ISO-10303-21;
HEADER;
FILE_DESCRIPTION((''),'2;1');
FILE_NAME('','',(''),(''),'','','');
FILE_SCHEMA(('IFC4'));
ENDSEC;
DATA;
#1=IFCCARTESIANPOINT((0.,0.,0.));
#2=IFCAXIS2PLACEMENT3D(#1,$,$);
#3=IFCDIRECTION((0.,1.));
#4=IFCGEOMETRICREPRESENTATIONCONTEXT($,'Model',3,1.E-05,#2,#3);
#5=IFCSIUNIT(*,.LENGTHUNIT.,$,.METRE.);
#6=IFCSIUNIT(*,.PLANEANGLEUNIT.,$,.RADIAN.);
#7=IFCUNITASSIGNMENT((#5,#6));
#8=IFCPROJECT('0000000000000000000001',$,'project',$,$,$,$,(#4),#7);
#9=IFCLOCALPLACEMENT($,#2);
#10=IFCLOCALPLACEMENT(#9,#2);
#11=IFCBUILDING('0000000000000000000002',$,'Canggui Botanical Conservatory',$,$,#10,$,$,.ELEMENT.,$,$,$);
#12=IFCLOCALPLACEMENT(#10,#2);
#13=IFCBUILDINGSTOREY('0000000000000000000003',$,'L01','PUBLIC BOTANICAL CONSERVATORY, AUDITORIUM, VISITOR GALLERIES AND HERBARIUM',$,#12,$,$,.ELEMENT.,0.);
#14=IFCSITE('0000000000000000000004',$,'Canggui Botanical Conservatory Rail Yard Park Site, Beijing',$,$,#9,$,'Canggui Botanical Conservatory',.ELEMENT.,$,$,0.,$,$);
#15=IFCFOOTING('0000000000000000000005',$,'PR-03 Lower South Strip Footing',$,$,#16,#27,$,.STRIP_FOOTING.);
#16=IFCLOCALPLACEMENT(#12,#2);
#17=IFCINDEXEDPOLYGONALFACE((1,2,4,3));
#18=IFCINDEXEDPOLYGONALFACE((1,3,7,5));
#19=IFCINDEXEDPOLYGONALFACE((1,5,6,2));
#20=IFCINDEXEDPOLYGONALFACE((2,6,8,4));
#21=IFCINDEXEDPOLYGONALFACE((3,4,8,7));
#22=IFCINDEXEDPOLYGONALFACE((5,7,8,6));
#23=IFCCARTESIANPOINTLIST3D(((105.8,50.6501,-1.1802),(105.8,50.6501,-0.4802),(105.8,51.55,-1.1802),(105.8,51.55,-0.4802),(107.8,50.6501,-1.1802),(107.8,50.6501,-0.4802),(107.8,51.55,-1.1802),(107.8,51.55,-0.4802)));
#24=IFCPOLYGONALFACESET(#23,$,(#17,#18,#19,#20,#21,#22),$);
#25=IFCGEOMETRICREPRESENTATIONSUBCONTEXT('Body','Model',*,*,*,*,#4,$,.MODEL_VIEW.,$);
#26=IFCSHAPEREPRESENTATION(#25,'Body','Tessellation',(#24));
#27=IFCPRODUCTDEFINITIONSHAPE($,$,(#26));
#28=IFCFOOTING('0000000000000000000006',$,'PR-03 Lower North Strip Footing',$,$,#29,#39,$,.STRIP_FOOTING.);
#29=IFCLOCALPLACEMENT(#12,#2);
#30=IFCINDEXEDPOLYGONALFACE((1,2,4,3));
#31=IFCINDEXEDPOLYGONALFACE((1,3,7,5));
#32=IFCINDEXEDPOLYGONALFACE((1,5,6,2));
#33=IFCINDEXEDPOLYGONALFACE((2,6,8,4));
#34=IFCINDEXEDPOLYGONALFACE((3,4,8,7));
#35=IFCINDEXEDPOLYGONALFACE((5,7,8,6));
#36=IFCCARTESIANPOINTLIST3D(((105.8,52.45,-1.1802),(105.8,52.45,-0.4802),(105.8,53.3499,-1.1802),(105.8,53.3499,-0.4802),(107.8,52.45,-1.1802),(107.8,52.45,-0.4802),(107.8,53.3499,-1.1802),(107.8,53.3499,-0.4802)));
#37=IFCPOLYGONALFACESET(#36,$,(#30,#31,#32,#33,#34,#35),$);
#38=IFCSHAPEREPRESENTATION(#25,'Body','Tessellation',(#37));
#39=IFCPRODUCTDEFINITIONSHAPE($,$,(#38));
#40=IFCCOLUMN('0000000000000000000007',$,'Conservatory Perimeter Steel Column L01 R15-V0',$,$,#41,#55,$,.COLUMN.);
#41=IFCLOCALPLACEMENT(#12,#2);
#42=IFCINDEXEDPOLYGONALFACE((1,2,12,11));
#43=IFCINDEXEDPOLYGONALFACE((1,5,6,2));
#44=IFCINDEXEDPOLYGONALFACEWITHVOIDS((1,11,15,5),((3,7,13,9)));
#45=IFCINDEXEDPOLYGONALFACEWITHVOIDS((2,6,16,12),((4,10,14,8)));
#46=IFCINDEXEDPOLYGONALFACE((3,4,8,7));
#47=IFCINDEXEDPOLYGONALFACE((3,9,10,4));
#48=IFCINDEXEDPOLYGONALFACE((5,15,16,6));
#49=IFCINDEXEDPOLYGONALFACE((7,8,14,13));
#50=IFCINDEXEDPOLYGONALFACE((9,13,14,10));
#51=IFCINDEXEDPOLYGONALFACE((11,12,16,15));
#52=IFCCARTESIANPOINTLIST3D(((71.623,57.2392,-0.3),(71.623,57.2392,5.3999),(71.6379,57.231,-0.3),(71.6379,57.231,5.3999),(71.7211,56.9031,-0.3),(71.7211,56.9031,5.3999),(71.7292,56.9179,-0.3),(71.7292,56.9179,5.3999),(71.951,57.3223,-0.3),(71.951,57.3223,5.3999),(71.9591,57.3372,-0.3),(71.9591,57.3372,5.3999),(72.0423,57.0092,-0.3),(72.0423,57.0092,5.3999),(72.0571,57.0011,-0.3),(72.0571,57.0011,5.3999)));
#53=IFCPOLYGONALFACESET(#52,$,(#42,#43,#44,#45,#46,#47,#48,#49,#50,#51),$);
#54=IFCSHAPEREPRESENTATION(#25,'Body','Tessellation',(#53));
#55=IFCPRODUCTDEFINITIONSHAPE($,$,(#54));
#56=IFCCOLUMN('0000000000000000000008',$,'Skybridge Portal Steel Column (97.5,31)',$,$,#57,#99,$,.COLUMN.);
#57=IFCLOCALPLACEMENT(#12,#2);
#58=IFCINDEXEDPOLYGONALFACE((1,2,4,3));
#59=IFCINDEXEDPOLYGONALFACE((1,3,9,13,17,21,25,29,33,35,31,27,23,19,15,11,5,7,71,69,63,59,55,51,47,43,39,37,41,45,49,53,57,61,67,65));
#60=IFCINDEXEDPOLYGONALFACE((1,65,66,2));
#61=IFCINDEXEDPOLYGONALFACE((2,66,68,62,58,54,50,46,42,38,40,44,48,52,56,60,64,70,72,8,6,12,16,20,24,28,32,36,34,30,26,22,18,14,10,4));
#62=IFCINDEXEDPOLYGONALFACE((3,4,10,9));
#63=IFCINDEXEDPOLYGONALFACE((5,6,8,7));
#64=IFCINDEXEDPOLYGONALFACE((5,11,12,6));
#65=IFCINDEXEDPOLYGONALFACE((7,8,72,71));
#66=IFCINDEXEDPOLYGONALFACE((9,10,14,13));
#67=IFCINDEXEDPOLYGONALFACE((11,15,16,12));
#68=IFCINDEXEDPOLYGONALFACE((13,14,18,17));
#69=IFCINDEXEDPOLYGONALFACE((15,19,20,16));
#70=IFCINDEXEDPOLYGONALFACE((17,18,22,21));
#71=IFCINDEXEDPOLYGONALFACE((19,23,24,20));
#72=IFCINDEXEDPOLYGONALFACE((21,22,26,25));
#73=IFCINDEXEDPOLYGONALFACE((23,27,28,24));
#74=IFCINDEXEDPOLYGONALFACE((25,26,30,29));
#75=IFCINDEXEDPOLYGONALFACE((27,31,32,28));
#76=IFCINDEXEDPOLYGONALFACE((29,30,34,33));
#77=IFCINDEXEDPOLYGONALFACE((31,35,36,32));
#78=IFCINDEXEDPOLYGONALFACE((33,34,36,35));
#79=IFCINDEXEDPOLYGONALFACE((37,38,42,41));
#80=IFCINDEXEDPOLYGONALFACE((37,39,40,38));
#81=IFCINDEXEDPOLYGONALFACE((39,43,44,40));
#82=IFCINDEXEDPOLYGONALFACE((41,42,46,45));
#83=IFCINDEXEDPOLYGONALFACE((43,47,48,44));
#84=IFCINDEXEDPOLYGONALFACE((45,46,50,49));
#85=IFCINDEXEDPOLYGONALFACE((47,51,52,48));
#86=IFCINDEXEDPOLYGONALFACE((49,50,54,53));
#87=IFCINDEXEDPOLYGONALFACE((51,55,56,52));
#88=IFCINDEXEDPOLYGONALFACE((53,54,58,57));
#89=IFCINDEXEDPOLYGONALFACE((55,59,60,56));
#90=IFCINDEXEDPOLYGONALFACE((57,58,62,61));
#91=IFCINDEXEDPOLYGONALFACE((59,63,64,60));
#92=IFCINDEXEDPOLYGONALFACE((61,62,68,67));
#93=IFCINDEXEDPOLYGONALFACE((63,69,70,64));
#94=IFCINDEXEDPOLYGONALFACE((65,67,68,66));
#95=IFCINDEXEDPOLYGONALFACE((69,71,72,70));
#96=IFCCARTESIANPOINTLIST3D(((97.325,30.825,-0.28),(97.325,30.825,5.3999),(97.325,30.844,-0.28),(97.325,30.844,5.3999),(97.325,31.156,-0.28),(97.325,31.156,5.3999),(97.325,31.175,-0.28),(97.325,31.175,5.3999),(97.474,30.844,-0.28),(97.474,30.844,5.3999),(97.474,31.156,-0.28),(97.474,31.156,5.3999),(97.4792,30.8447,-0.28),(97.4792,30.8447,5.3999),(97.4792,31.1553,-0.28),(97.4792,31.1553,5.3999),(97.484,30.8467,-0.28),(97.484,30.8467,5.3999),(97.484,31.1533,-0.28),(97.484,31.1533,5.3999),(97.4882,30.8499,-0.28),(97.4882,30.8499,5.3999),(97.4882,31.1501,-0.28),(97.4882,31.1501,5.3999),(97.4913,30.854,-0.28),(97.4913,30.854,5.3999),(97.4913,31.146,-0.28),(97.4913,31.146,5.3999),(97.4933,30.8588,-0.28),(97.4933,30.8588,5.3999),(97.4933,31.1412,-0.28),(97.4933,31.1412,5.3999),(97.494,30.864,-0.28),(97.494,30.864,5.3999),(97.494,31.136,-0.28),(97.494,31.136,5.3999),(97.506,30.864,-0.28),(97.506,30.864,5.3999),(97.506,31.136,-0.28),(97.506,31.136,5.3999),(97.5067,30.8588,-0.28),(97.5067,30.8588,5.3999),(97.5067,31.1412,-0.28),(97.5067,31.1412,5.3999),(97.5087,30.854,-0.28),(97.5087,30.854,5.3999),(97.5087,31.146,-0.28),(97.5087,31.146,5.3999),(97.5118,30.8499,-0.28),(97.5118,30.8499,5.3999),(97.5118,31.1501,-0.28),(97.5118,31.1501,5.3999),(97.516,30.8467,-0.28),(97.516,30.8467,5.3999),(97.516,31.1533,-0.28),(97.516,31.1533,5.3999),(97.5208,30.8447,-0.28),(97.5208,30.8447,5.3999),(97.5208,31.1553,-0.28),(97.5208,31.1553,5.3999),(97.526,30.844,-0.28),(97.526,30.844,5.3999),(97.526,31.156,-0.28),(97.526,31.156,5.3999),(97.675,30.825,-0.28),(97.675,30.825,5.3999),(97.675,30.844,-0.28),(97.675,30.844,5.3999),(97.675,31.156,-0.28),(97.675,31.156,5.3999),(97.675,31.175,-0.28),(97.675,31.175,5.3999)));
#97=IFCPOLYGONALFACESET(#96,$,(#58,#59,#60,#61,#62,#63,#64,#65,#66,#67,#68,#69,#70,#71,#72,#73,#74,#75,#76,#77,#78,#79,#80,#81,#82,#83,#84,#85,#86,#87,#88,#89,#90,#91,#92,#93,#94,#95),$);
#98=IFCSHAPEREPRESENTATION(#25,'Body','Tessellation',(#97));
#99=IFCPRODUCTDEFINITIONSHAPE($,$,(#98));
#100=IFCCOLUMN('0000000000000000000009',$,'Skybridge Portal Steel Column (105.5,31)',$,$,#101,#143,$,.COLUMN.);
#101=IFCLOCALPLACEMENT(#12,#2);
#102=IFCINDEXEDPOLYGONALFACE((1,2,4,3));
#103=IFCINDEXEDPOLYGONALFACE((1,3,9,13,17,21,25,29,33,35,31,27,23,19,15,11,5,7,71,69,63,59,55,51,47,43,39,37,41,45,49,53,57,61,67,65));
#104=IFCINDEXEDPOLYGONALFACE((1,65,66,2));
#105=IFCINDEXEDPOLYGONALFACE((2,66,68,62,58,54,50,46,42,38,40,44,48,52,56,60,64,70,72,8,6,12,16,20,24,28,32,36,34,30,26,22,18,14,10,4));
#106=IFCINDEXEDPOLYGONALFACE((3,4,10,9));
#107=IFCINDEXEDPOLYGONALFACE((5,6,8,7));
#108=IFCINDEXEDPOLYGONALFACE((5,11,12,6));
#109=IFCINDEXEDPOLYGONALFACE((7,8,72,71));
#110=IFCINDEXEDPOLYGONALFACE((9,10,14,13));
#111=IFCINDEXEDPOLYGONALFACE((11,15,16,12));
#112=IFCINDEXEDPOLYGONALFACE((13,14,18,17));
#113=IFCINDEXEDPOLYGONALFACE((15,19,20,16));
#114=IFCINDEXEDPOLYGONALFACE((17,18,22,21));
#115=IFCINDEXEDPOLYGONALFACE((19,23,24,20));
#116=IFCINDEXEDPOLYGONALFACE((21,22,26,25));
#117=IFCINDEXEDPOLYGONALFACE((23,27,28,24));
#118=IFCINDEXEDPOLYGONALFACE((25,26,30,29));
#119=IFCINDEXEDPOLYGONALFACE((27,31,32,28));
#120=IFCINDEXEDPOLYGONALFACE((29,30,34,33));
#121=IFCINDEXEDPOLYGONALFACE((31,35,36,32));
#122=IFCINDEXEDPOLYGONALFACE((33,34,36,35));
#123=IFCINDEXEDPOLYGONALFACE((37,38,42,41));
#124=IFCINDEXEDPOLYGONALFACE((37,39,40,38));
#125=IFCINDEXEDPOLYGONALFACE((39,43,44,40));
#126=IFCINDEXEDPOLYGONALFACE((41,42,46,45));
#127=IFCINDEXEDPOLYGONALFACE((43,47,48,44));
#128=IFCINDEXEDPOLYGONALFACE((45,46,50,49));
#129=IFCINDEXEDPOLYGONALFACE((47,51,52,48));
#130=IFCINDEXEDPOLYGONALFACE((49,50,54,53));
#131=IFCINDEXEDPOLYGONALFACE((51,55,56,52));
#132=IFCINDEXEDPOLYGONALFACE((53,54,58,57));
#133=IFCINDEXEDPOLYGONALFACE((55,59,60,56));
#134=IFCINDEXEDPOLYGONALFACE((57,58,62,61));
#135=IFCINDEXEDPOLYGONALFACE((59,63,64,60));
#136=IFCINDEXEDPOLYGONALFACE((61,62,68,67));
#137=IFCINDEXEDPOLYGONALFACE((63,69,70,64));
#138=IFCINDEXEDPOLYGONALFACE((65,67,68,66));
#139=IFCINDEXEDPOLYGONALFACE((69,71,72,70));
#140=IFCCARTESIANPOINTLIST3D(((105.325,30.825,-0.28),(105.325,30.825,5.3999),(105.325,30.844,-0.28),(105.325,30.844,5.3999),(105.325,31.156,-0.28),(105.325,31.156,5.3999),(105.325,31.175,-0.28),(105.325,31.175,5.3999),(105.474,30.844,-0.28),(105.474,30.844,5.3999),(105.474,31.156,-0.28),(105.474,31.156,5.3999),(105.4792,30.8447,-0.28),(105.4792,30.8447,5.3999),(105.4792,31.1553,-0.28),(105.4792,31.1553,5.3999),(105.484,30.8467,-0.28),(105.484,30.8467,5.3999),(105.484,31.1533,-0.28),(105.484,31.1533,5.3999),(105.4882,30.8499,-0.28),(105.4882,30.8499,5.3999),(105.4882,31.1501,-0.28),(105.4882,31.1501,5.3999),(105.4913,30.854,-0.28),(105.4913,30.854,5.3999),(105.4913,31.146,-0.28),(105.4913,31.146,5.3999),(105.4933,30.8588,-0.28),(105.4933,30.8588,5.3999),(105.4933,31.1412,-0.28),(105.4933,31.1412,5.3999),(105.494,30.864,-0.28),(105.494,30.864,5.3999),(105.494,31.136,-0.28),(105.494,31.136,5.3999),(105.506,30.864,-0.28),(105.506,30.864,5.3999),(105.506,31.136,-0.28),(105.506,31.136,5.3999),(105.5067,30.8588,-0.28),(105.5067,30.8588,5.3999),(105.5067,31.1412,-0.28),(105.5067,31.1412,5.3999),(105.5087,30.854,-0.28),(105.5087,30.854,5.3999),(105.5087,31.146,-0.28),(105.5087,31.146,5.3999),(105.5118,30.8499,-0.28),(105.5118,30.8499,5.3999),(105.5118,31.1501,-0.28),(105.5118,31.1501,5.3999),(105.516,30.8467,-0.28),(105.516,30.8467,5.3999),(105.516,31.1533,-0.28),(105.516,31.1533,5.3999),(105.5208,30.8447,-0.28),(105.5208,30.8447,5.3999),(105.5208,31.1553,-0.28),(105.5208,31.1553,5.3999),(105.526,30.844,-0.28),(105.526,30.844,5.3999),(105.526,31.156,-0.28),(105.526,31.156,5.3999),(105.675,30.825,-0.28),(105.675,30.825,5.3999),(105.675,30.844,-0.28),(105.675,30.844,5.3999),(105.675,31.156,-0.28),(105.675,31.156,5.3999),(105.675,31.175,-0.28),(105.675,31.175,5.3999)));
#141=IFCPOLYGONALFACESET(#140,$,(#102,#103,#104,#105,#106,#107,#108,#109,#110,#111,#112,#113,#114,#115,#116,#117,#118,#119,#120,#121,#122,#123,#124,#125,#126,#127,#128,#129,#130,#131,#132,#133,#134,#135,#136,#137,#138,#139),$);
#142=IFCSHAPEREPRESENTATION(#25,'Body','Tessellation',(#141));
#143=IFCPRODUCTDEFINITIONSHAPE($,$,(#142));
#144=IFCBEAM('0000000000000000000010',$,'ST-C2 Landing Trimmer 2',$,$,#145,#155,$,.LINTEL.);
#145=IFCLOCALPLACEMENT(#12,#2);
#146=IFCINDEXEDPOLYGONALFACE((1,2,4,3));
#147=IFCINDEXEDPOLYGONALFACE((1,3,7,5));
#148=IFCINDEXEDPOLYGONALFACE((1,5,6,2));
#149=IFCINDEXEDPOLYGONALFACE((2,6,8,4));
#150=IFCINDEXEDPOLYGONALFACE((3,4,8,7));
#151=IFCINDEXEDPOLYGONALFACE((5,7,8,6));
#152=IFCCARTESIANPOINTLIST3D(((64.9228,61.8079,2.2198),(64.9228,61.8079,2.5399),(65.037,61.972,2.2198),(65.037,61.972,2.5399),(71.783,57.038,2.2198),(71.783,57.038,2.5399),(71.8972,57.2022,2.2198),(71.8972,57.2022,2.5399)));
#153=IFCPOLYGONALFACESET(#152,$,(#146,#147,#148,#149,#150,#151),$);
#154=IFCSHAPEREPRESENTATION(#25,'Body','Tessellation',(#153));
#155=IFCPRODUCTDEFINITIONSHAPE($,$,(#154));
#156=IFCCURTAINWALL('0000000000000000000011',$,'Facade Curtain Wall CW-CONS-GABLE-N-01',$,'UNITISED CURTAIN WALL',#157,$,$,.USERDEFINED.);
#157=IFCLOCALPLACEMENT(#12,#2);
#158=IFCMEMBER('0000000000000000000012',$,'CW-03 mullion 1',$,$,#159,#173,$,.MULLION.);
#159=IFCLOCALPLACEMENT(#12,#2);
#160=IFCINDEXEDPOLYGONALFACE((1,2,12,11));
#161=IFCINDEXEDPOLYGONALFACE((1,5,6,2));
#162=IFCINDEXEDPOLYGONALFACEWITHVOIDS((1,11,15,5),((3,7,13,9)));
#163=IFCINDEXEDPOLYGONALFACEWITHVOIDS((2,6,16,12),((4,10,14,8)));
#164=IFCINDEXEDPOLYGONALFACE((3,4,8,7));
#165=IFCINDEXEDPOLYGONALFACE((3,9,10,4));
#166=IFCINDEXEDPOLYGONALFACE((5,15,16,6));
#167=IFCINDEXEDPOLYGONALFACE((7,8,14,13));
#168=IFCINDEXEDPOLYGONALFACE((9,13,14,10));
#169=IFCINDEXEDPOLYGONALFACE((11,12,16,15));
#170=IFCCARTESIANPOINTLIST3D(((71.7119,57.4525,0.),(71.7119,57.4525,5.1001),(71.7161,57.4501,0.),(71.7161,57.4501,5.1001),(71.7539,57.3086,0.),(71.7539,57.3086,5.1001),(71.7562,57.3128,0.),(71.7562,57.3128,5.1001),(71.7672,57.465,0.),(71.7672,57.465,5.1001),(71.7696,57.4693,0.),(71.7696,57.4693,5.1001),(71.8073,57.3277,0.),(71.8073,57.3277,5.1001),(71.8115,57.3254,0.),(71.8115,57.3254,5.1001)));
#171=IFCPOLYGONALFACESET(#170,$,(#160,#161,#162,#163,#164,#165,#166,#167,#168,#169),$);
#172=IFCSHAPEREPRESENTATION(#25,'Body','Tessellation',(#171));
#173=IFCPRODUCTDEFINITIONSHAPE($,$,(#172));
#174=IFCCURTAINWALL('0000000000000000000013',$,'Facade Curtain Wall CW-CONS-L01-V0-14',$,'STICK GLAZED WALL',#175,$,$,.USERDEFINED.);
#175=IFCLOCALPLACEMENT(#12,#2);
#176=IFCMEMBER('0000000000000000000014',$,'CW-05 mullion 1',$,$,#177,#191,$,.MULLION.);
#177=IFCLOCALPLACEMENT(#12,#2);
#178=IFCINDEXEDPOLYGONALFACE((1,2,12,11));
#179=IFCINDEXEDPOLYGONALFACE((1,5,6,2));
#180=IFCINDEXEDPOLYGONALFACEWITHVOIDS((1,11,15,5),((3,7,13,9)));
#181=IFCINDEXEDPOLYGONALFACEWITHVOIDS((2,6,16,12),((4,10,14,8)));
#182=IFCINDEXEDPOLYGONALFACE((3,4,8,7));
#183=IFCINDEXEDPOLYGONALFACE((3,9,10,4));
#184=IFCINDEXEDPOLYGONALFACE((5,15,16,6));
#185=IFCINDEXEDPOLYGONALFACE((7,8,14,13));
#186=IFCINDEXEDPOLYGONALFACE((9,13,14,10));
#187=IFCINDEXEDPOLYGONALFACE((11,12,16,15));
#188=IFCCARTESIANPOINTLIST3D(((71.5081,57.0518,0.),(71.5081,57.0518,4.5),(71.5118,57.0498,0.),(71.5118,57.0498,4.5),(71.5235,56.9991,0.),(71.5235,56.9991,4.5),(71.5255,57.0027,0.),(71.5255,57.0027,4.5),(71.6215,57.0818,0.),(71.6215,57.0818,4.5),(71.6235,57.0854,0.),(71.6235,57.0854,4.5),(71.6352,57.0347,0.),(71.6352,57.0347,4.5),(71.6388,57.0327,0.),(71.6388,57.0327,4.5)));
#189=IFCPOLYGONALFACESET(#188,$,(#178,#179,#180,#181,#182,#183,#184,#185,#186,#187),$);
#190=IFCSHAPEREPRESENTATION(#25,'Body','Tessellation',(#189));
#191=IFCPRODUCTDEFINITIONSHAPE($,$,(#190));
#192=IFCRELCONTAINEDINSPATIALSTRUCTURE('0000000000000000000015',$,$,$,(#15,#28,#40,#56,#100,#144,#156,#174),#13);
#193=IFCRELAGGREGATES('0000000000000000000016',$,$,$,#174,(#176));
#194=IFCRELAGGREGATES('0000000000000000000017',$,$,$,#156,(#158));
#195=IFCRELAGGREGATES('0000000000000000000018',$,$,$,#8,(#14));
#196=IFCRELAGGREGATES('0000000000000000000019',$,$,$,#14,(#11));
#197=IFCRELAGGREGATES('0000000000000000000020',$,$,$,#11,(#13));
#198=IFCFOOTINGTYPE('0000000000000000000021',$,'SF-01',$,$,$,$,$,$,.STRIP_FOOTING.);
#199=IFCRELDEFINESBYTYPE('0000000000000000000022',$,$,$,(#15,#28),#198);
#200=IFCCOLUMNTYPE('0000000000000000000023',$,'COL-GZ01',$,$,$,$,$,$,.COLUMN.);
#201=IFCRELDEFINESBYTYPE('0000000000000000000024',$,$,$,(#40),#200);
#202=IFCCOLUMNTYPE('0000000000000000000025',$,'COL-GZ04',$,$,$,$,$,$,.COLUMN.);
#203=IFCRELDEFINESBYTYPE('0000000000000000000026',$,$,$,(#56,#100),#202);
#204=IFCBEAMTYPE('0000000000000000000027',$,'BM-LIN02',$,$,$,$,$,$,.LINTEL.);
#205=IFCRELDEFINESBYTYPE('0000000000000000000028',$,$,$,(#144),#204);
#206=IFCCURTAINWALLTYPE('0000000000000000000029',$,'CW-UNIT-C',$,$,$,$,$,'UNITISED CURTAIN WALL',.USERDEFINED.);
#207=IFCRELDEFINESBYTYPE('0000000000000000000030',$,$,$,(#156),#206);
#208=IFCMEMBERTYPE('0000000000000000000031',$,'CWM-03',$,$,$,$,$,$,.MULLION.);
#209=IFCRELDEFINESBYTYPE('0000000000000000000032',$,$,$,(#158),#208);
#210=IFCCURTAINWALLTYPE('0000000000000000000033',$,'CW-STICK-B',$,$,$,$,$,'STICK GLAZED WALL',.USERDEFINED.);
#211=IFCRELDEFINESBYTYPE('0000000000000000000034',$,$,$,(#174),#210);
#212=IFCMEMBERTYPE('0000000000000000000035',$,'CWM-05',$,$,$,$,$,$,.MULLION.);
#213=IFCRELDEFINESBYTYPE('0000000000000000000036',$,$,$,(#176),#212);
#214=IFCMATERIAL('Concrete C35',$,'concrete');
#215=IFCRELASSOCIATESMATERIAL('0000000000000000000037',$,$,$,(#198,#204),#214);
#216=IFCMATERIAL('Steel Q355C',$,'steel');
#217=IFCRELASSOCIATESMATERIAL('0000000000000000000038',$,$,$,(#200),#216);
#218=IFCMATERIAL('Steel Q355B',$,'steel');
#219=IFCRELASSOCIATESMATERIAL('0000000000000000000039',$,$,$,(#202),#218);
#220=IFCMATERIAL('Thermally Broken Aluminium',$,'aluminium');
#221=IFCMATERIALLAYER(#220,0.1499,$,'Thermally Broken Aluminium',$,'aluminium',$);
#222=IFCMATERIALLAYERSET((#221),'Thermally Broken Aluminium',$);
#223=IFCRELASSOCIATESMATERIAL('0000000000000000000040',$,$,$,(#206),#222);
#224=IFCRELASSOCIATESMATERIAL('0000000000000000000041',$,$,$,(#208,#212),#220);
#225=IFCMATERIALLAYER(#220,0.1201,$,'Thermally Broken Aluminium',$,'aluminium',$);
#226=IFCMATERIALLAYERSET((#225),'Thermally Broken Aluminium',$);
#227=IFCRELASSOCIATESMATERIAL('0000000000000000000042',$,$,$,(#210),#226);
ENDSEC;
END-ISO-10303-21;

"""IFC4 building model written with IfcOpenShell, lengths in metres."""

from ifc_helpers import new_model, si_unit, direction, frame, origin, origin_2d, place, context, subcontext, project, spatial, rectangle, hollow_rectangle, i_section, extrude, material, layer, layer_set, material_profile, profile_set, type_object, element, aggregate, save


model = new_model("IFC4")

# Units and contexts
model_context = context("Model", 3, precision=1e-05, world=origin(), true_north=direction((0.0, 1.0)))
body_context = subcontext(model_context, "Body", "Model", "MODEL_VIEW")
ifc_project = project(units=[si_unit("LENGTHUNIT", "METRE"), si_unit("PLANEANGLEUNIT", "RADIAN")], contexts=[model_context])

# Site, building, storey
site_placement = place(None, origin())
site = spatial("IfcSite", under=ifc_project, at=site_placement, Name="Canggui Botanical Conservatory Rail Yard Park Site, Beijing", LongName="Canggui Botanical Conservatory", CompositionType="ELEMENT", RefElevation=0.0)
building_placement = place(site_placement, origin())
building = spatial("IfcBuilding", under=site, at=building_placement, Name="Canggui Botanical Conservatory", CompositionType="ELEMENT")
storey_placement = place(building_placement, origin())
storey = spatial("IfcBuildingStorey", under=building, at=storey_placement, Name="L01", Description="PUBLIC BOTANICAL CONSERVATORY, AUDITORIUM, VISITOR GALLERIES AND HERBARIUM", CompositionType="ELEMENT", Elevation=0.0)

# Shared definitions
ifc_material_1 = material(Name="Concrete C35", Category="concrete")

# Footings
footing_type_1 = type_object("IfcFootingType", Name="SF-01", PredefinedType="STRIP_FOOTING", material=ifc_material_1)
for number, where, z_axis, x_axis, name in (
    (1, (106.8, 51.1001, -1.1802), (0.0, 0.0, 1.0), (1.0, 0.0, 0.0), "PR-03 Lower South Strip Footing"),
    (2, (106.8, 52.8999, -1.1802), (0.0, 0.0, 1.0), (1.0, 0.0, 0.0), "PR-03 Lower North Strip Footing"),
):
    element("IfcFooting", number, at=place(storey_placement, frame(where, z_axis=z_axis, x_axis=x_axis)), inside=storey, type_object=footing_type_1, Name=name, PredefinedType="STRIP_FOOTING", context=body_context, shape_type="SweptSolid", body=[
        extrude(rectangle(XDim=2.0, YDim=0.8999, at=origin_2d()), origin(), (0.0, 0.0, 1.0), 0.7),
    ])

# Columns
ifc_material_2 = material(Name="Steel Q355C", Category="steel")
ifc_material_profile_1 = material_profile(ifc_material_2, hollow_rectangle(XDim=0.3501, YDim=0.3501, WallThickness=0.012, at=origin_2d()), Name="SHS 350x350x12")
ifc_profile_set_1 = profile_set([ifc_material_profile_1], Name="Steel Q355C")
column_type_1 = type_object("IfcColumnType", Name="COL-GZ01", PredefinedType="COLUMN", material=ifc_profile_set_1)
column_placement = place(storey_placement, frame((71.8401, 57.1201, -0.3), z_axis=(0.0, 0.0, 1.0), x_axis=(0.96, 0.28, 0.0)))
element("IfcColumn", 3, at=column_placement, inside=storey, type_object=column_type_1, Name="Conservatory Perimeter Steel Column L01 R15-V0", PredefinedType="COLUMN", context=body_context, shape_type="SweptSolid", body=[
    extrude(hollow_rectangle(XDim=0.3501, YDim=0.3501, WallThickness=0.012, at=origin_2d()), origin(), (0.0, 0.0, 1.0), 5.7),
])
ifc_material_3 = material(Name="Steel Q355B", Category="steel")
ifc_material_profile_2 = material_profile(ifc_material_3, i_section(OverallWidth=0.3501, OverallDepth=0.3501, WebThickness=0.012, FlangeThickness=0.019, FilletRadius=0.02, at=origin_2d()), Name="HW 350x350x12x19")
ifc_profile_set_2 = profile_set([ifc_material_profile_2], Name="Steel Q355B")
column_type_2 = type_object("IfcColumnType", Name="COL-GZ04", PredefinedType="COLUMN", material=ifc_profile_set_2)
for number, where, z_axis, x_axis, name in (
    (4, (97.5, 31.0, -0.28), (0.0, 0.0, 1.0), (1.0, 0.0, 0.0), "Skybridge Portal Steel Column (97.5,31)"),
    (5, (105.5, 31.0, -0.28), (0.0, 0.0, 1.0), (1.0, 0.0, 0.0), "Skybridge Portal Steel Column (105.5,31)"),
):
    element("IfcColumn", number, at=place(storey_placement, frame(where, z_axis=z_axis, x_axis=x_axis)), inside=storey, type_object=column_type_2, Name=name, PredefinedType="COLUMN", context=body_context, shape_type="SweptSolid", body=[
        extrude(i_section(OverallWidth=0.3501, OverallDepth=0.3501, WebThickness=0.012, FlangeThickness=0.019, FilletRadius=0.02, at=origin_2d()), origin(), (0.0, 0.0, 1.0), 5.6799),
    ])

# Beam
ifc_material_profile_3 = material_profile(ifc_material_1, rectangle(XDim=0.2, YDim=0.3201, at=origin_2d()), Name="RB 200x320")
ifc_profile_set_3 = profile_set([ifc_material_profile_3], Name="Concrete C35")
beam_type = type_object("IfcBeamType", Name="BM-LIN02", PredefinedType="LINTEL", material=ifc_profile_set_3)
beam_placement = place(storey_placement, frame((71.8401, 57.1201, 2.3799), z_axis=(-0.821044, 0.570865, 0.0), x_axis=(-0.570865, -0.821044, 0.0)))
element("IfcBeam", 6, at=beam_placement, inside=storey, type_object=beam_type, Name="ST-C2 Landing Trimmer 2", PredefinedType="LINTEL", context=body_context, shape_type="SweptSolid", body=[
    extrude(rectangle(XDim=0.2, YDim=0.3201, at=origin_2d()), origin(), (0.0, 0.0, 1.0), 8.3555),
])

# Curtain walls, members
ifc_material_4 = material(Name="Thermally Broken Aluminium", Category="aluminium")
ifc_layer_1 = layer(ifc_material_4, 0.1499, Name="Thermally Broken Aluminium", Category="aluminium")
ifc_layer_set_1 = layer_set([ifc_layer_1], Name="Thermally Broken Aluminium")
curtain_wall_type_1 = type_object("IfcCurtainWallType", Name="CW-UNIT-C", ElementType="UNITISED CURTAIN WALL", PredefinedType="USERDEFINED", material=ifc_layer_set_1)
curtain_wall_1_placement = place(storey_placement, origin())
curtain_wall_1 = element("IfcCurtainWall", 7, at=curtain_wall_1_placement, inside=storey, type_object=curtain_wall_type_1, Name="Facade Curtain Wall CW-CONS-GABLE-N-01", ObjectType="UNITISED CURTAIN WALL", PredefinedType="USERDEFINED")
ifc_material_profile_4 = material_profile(ifc_material_4, hollow_rectangle(XDim=0.0601, YDim=0.1499, WallThickness=0.0034, at=origin_2d()), Name="CWM 60x150x3.5")
ifc_profile_set_4 = profile_set([ifc_material_profile_4], Name="Thermally Broken Aluminium")
member_type_1 = type_object("IfcMemberType", Name="CWM-03", PredefinedType="MULLION", material=ifc_profile_set_4)
member_1_placement = place(storey_placement, frame((71.7617, 57.3889, 0.0), z_axis=(0.0, 0.0, 1.0), x_axis=(-0.96, -0.28, 0.0)))
member_1 = element("IfcMember", 8, at=member_1_placement, type_object=member_type_1, Name="CW-03 mullion 1", PredefinedType="MULLION", context=body_context, shape_type="SweptSolid", body=[
    extrude(hollow_rectangle(XDim=0.0601, YDim=0.1499, WallThickness=0.0034, at=origin_2d()), origin(), (0.0, 0.0, 1.0), 5.1001),
])
ifc_layer_2 = layer(ifc_material_4, 0.1201, Name="Thermally Broken Aluminium", Category="aluminium")
ifc_layer_set_2 = layer_set([ifc_layer_2], Name="Thermally Broken Aluminium")
curtain_wall_type_2 = type_object("IfcCurtainWallType", Name="CW-STICK-B", ElementType="STICK GLAZED WALL", PredefinedType="USERDEFINED", material=ifc_layer_set_2)
curtain_wall_2_placement = place(storey_placement, origin())
curtain_wall_2 = element("IfcCurtainWall", 9, at=curtain_wall_2_placement, inside=storey, type_object=curtain_wall_type_2, Name="Facade Curtain Wall CW-CONS-L01-V0-14", ObjectType="STICK GLAZED WALL", PredefinedType="USERDEFINED")
ifc_material_profile_5 = material_profile(ifc_material_4, hollow_rectangle(XDim=0.0549, YDim=0.1201, WallThickness=0.0029, at=origin_2d()), Name="CWM 55x120x3")
ifc_profile_set_5 = profile_set([ifc_material_profile_5], Name="Thermally Broken Aluminium")
member_type_2 = type_object("IfcMemberType", Name="CWM-05", PredefinedType="MULLION", material=ifc_profile_set_5)
member_2_placement = place(storey_placement, frame((71.5735, 57.0422, 0.0), z_axis=(0.0, 0.0, 1.0), x_axis=(0.28, -0.96, 0.0)))
member_2 = element("IfcMember", 10, at=member_2_placement, type_object=member_type_2, Name="CW-05 mullion 1", PredefinedType="MULLION", context=body_context, shape_type="SweptSolid", body=[
    extrude(hollow_rectangle(XDim=0.0549, YDim=0.1201, WallThickness=0.0029, at=origin_2d()), origin(), (0.0, 0.0, 1.0), 4.5),
])

aggregate(curtain_wall_2, [member_2])

aggregate(curtain_wall_1, [member_1])

save(model, "model.ifc")
